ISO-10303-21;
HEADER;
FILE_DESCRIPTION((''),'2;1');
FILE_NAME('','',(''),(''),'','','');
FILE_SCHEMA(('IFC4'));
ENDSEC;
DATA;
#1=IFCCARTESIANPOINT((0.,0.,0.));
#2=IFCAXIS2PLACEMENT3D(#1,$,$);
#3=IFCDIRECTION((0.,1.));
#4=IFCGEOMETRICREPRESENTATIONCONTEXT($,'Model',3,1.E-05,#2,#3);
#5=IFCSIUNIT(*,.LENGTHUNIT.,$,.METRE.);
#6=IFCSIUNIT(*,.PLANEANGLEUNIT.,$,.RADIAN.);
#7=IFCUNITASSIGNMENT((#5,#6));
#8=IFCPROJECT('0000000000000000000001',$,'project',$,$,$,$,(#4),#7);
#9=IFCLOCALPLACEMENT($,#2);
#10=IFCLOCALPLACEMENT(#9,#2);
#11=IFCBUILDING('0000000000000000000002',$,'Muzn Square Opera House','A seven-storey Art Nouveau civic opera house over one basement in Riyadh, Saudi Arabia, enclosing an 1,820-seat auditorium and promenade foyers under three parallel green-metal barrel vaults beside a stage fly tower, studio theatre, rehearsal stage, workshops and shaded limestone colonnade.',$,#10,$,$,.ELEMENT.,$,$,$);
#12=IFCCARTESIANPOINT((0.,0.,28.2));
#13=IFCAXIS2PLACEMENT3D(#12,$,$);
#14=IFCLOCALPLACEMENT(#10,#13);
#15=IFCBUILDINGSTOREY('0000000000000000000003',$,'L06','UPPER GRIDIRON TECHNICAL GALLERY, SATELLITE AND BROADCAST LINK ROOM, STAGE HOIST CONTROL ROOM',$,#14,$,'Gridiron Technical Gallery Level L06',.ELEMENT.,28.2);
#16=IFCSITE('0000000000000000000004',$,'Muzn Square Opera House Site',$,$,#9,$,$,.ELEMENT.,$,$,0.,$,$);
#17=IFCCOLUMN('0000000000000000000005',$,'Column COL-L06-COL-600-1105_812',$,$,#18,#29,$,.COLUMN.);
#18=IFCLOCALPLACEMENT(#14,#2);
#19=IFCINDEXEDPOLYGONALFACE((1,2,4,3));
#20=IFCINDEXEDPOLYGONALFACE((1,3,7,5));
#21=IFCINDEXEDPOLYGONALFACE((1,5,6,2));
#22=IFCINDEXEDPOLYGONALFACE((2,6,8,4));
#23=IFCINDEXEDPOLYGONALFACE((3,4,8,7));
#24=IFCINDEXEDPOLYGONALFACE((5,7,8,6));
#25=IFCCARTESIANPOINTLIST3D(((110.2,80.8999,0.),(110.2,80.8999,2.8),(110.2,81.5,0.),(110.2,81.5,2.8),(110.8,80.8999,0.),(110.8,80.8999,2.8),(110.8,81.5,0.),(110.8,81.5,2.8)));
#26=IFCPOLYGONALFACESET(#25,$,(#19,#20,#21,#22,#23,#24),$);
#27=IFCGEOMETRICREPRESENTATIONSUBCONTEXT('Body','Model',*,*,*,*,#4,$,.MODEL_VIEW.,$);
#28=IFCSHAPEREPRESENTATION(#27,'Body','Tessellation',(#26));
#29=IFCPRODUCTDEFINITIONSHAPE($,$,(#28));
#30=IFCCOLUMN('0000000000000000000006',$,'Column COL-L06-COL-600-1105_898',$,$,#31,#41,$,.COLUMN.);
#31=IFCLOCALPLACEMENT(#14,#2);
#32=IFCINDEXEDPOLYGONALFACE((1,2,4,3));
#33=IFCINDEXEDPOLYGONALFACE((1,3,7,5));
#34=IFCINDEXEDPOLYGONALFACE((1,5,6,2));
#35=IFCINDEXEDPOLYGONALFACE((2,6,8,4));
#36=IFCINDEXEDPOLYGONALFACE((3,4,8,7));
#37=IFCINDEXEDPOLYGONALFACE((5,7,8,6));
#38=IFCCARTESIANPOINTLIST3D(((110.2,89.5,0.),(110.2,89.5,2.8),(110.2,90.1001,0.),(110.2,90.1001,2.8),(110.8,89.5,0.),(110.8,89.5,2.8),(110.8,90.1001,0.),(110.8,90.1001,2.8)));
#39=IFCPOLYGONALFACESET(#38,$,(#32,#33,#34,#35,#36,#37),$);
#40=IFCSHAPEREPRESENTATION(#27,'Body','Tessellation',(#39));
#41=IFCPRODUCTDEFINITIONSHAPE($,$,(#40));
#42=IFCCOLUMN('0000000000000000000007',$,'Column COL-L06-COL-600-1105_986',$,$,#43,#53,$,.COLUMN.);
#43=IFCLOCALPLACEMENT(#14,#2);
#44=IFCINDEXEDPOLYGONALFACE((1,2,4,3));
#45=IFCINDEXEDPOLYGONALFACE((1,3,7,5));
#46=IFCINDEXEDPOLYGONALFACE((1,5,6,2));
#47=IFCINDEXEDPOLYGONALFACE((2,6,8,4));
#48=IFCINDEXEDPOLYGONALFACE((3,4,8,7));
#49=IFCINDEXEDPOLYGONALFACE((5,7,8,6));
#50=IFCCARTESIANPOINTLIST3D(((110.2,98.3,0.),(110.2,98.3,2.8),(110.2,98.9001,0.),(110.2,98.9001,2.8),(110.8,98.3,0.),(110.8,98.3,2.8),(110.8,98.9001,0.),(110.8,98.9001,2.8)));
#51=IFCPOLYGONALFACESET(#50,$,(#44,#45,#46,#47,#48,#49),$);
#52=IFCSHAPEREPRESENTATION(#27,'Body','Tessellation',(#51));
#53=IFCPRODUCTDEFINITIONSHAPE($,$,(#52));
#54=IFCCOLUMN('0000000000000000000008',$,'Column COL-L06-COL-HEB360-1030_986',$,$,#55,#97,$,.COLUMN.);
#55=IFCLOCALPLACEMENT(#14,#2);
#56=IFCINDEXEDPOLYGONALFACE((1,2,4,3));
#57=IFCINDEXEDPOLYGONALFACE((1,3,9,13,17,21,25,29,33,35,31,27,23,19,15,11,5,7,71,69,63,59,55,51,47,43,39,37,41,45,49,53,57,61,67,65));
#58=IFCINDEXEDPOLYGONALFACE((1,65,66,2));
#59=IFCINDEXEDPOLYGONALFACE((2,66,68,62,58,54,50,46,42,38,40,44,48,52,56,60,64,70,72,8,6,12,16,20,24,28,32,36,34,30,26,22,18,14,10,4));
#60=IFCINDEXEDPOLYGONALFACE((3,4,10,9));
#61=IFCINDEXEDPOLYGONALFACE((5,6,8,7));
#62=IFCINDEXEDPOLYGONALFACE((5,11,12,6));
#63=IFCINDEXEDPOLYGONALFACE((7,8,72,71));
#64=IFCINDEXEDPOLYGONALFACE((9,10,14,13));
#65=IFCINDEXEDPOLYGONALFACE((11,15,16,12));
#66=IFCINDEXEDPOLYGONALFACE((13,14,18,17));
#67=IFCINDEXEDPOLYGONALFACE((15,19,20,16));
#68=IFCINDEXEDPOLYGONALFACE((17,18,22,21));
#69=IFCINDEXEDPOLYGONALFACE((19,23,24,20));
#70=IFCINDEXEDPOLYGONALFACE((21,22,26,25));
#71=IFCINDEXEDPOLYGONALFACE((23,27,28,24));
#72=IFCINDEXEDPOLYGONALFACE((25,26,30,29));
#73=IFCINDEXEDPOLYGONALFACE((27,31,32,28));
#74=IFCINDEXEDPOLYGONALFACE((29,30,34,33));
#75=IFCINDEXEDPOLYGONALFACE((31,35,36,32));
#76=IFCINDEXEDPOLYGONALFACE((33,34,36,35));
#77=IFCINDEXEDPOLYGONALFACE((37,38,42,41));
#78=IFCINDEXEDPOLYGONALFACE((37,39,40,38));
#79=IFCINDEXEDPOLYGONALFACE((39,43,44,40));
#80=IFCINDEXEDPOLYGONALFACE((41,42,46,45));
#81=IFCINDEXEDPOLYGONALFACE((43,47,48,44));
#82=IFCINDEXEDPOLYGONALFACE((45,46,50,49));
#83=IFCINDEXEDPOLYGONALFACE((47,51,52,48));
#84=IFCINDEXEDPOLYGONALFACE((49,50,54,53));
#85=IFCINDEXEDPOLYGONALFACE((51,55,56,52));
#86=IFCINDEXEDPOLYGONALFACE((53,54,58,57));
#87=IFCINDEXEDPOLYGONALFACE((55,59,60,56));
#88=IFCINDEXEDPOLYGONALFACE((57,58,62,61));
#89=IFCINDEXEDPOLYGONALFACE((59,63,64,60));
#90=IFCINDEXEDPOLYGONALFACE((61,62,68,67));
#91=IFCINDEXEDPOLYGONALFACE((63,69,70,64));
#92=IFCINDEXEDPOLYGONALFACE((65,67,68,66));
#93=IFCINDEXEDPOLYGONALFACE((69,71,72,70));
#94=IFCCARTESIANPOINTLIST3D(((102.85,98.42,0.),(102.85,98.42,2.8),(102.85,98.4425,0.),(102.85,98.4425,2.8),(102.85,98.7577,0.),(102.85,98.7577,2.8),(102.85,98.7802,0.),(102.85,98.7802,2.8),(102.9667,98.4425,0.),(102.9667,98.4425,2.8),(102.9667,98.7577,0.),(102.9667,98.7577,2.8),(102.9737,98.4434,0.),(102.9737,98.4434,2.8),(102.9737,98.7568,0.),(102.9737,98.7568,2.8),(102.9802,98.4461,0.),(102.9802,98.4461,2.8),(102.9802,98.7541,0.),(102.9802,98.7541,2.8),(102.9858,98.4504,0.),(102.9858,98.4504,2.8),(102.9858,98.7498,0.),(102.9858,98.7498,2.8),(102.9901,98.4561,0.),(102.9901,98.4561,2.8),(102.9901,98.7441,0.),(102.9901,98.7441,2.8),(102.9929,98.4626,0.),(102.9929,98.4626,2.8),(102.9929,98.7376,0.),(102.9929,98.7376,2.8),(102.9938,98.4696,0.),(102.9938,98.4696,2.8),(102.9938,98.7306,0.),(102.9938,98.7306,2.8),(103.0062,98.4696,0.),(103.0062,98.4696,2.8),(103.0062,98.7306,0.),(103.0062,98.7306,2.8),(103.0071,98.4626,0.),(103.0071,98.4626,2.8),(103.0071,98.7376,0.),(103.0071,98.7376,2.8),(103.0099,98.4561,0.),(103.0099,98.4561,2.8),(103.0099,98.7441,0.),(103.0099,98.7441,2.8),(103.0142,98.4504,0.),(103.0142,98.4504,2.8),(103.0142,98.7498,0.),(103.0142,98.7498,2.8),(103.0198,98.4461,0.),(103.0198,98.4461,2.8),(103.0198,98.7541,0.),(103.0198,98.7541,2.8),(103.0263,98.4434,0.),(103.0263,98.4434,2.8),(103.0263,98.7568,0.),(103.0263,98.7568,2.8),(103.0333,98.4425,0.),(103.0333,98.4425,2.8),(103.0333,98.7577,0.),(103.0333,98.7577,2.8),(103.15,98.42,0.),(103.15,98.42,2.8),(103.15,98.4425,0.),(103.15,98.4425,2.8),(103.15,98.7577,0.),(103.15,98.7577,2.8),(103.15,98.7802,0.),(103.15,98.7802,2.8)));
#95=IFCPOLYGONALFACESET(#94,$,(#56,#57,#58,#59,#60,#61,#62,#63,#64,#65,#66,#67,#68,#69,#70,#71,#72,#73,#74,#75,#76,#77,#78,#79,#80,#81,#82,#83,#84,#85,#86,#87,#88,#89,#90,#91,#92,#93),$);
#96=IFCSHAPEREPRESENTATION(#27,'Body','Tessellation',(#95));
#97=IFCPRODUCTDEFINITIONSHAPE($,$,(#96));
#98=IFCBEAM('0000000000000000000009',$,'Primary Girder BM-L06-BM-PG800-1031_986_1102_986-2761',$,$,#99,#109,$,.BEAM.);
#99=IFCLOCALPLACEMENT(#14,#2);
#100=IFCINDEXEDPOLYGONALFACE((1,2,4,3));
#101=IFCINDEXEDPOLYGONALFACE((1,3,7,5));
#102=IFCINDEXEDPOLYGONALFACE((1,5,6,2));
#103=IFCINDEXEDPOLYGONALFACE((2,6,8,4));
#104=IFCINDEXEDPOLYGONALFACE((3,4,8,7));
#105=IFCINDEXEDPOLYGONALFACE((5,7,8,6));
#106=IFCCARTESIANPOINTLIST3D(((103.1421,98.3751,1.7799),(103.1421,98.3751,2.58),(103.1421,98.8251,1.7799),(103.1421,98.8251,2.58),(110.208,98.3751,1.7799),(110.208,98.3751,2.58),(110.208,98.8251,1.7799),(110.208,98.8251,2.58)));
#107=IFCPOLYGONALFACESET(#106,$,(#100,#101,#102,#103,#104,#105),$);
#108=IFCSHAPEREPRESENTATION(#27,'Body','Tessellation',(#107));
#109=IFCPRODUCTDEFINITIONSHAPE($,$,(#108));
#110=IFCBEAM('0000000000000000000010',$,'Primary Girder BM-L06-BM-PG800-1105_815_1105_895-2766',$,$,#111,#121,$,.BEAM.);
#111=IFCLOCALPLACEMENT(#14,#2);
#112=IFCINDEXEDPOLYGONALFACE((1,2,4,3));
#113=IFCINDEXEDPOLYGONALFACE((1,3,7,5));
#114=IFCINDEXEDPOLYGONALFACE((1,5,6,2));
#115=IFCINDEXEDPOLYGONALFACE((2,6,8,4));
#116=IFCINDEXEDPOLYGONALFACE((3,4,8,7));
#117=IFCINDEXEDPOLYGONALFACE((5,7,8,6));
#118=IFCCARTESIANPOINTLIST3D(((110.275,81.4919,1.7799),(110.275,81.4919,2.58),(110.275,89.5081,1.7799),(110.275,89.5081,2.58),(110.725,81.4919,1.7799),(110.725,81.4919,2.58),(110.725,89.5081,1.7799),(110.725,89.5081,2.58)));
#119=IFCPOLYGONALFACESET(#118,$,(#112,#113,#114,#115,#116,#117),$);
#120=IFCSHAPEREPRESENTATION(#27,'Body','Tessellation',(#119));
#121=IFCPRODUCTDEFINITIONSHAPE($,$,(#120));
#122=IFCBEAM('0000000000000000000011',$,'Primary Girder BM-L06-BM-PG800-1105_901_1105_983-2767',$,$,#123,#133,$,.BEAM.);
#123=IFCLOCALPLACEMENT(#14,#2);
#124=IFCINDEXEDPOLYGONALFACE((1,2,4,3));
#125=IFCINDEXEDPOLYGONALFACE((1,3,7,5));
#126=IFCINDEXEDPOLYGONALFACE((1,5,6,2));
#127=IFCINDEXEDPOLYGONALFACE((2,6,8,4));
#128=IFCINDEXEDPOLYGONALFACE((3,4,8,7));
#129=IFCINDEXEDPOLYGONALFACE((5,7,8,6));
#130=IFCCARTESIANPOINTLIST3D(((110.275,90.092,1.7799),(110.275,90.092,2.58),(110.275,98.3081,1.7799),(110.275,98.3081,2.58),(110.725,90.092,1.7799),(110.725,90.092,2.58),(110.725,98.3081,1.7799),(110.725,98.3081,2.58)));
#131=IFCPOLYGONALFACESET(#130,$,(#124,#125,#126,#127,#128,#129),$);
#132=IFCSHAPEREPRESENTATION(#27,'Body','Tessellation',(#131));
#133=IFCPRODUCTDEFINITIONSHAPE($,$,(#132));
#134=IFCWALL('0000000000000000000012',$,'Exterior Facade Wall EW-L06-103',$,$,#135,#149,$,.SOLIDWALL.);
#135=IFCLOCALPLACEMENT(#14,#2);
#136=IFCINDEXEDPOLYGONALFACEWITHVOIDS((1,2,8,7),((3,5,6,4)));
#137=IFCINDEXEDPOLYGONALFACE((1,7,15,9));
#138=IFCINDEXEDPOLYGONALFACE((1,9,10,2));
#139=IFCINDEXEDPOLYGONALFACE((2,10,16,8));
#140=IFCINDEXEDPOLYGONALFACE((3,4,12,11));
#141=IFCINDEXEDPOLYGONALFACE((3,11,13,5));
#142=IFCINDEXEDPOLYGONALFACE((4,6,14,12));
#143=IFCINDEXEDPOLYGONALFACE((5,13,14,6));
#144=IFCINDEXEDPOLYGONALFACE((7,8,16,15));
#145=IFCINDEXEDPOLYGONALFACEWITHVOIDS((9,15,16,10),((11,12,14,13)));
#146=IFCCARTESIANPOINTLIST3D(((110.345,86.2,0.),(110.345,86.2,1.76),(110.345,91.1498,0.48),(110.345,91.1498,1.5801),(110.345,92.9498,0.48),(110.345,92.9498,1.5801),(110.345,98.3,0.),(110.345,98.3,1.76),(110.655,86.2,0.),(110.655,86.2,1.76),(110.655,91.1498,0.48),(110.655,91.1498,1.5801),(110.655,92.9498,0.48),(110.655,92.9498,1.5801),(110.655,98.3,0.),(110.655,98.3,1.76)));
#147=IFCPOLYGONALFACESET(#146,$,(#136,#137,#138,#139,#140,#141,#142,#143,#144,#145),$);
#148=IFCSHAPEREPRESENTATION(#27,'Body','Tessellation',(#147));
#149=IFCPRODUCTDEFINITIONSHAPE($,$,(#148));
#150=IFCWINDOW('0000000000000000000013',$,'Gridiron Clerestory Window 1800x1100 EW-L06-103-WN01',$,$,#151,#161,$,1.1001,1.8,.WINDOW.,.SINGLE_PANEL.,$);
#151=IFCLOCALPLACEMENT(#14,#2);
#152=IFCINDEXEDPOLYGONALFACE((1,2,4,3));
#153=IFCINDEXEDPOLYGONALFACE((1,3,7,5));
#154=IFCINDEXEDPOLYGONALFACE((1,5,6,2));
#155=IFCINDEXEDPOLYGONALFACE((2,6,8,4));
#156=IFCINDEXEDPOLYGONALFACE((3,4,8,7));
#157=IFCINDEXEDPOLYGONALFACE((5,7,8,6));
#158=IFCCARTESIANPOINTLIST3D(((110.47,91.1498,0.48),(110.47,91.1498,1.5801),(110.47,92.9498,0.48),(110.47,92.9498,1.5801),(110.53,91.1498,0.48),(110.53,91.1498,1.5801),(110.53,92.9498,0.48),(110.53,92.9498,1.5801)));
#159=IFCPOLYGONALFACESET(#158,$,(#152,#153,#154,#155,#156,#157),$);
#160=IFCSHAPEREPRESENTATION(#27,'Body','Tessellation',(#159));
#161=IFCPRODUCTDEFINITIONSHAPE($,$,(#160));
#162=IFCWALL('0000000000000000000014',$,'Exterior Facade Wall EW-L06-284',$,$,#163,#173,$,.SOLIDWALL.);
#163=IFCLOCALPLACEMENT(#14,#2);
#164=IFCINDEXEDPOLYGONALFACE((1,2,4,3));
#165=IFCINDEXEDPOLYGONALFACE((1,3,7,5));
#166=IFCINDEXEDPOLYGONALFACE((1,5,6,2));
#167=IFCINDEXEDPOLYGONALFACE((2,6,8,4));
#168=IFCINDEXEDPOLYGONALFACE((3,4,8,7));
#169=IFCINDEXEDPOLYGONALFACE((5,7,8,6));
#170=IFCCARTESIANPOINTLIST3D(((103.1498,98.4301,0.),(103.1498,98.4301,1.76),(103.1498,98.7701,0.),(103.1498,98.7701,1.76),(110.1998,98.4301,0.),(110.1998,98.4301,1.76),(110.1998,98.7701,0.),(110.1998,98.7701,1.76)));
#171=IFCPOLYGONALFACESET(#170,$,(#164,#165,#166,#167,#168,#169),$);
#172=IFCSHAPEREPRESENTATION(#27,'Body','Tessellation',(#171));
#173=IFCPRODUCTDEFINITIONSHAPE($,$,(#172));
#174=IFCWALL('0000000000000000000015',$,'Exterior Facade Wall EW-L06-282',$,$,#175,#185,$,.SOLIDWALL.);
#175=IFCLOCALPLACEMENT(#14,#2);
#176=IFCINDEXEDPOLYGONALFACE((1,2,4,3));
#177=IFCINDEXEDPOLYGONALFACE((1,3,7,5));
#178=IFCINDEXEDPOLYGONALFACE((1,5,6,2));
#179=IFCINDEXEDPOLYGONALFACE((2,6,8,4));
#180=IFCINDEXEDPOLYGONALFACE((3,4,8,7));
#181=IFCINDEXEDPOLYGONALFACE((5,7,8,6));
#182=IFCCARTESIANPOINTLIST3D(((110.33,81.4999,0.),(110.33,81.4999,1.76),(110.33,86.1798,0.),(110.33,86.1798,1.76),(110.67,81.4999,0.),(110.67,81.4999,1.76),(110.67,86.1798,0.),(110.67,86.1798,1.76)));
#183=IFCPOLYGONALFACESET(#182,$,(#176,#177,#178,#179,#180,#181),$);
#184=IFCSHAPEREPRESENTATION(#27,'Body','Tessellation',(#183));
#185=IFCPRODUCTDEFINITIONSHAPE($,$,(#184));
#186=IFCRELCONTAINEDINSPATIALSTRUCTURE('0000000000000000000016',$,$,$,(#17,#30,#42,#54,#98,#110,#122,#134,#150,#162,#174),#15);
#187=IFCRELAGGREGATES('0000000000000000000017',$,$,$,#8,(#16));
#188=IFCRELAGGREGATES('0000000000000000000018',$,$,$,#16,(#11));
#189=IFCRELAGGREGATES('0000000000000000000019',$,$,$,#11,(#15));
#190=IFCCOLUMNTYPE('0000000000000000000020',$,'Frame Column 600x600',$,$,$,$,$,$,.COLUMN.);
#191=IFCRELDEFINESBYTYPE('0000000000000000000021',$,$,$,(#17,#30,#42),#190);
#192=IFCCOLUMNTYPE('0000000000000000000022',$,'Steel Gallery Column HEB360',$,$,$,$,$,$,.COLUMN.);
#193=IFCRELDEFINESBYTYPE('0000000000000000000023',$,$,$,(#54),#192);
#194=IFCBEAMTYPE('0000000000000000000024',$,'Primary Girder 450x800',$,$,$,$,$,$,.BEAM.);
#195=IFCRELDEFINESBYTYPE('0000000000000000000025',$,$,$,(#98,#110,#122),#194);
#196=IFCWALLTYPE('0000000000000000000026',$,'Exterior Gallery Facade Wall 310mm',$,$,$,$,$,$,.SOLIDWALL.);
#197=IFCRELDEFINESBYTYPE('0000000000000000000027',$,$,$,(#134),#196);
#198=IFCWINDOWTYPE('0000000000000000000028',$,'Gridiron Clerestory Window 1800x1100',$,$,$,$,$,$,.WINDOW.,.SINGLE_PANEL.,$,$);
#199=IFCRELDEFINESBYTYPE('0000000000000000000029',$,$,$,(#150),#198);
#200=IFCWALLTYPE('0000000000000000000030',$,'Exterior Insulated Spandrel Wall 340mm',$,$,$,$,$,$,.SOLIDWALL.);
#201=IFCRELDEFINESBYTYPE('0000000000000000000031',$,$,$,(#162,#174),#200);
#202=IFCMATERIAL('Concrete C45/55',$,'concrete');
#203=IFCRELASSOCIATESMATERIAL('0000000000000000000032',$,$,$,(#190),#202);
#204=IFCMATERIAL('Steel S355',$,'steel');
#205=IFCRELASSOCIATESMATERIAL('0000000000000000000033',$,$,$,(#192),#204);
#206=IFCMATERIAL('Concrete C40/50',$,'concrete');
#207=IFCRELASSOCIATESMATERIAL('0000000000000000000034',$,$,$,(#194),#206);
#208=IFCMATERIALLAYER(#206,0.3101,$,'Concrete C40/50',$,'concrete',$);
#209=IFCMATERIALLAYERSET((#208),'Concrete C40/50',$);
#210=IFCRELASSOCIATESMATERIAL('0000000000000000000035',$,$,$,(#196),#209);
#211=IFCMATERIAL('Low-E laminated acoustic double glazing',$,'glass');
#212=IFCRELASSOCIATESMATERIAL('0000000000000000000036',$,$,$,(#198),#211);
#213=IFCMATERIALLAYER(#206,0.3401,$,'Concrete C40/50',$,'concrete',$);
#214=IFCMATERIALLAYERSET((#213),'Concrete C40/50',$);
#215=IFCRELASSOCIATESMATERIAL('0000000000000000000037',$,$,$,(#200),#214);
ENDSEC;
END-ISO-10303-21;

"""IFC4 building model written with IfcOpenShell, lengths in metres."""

from ifc_helpers import new_model, si_unit, direction, frame, frame_2d, origin, origin_2d, place, context, subcontext, project, spatial, rectangle, i_section, extrude, material, layer, layer_set, material_profile, profile_set, type_object, element, fill, save


model = new_model("IFC4")

# Units and contexts
model_context = context("Model", 3, precision=1e-05, world=origin(), true_north=direction((0.0, 1.0)))
body_context = subcontext(model_context, "Body", "Model", "MODEL_VIEW")
ifc_project = project(units=[si_unit("LENGTHUNIT", "METRE"), si_unit("PLANEANGLEUNIT", "RADIAN")], contexts=[model_context])

# Site, building, storey
site_placement = place(None, origin())
site = spatial("IfcSite", under=ifc_project, at=site_placement, Name="Muzn Square Opera House Site", CompositionType="ELEMENT", RefElevation=0.0)
building_placement = place(site_placement, origin())
building = spatial("IfcBuilding", under=site, at=building_placement, Name="Muzn Square Opera House", Description="A seven-storey Art Nouveau civic opera house over one basement in Riyadh, Saudi Arabia, enclosing an 1,820-seat auditorium and promenade foyers under three parallel green-metal barrel vaults beside a stage fly tower, studio theatre, rehearsal stage, workshops and shaded limestone colonnade.", CompositionType="ELEMENT")
storey_placement = place(building_placement, frame((0.0, 0.0, 28.2)))
storey = spatial("IfcBuildingStorey", under=building, at=storey_placement, Name="L06", Description="UPPER GRIDIRON TECHNICAL GALLERY, SATELLITE AND BROADCAST LINK ROOM, STAGE HOIST CONTROL ROOM", LongName="Gridiron Technical Gallery Level L06", CompositionType="ELEMENT", Elevation=28.2)

# Columns
ifc_material_1 = material(Name="Concrete C45/55", Category="concrete")
ifc_material_profile_1 = material_profile(ifc_material_1, rectangle(XDim=0.6001, YDim=0.6001, at=origin_2d()), Name="RC 600x600", Category="concrete")
ifc_profile_set_1 = profile_set([ifc_material_profile_1], Name="Concrete C45/55")
column_type_1 = type_object("IfcColumnType", Name="Frame Column 600x600", PredefinedType="COLUMN", material=ifc_profile_set_1)
for number, where, z_axis, x_axis, name in (
    (1, (110.5, 81.2, 0.0), (0.0, 0.0, 1.0), (1.0, 0.0, 0.0), "Column COL-L06-COL-600-1105_812"),
    (2, (110.5, 89.8, 0.0), (0.0, 0.0, 1.0), (1.0, 0.0, 0.0), "Column COL-L06-COL-600-1105_898"),
    (3, (110.5, 98.6001, 0.0), (0.0, 0.0, 1.0), (1.0, 0.0, 0.0), "Column COL-L06-COL-600-1105_986"),
):
    element("IfcColumn", number, at=place(storey_placement, frame(where, z_axis=z_axis, x_axis=x_axis)), inside=storey, type_object=column_type_1, Name=name, PredefinedType="COLUMN", context=body_context, shape_type="SweptSolid", body=[
        extrude(rectangle(XDim=0.6001, YDim=0.6001, at=origin_2d()), origin(), (0.0, 0.0, 1.0), 2.8),
    ])
ifc_material_2 = material(Name="Steel S355", Category="steel")
ifc_material_profile_2 = material_profile(ifc_material_2, i_section(OverallWidth=0.3, OverallDepth=0.3601, WebThickness=0.0125, FlangeThickness=0.0225, FilletRadius=0.0271, at=origin_2d()), Name="HEB 360", Category="steel")
ifc_profile_set_2 = profile_set([ifc_material_profile_2], Name="Steel S355")
column_type_2 = type_object("IfcColumnType", Name="Steel Gallery Column HEB360", PredefinedType="COLUMN", material=ifc_profile_set_2)
column_placement = place(storey_placement, frame((103.0, 98.6001, 0.0), z_axis=(0.0, 0.0, 1.0), x_axis=(1.0, 0.0, 0.0)))
element("IfcColumn", 4, at=column_placement, inside=storey, type_object=column_type_2, Name="Column COL-L06-COL-HEB360-1030_986", PredefinedType="COLUMN", context=body_context, shape_type="SweptSolid", body=[
    extrude(i_section(OverallWidth=0.3, OverallDepth=0.3601, WebThickness=0.0125, FlangeThickness=0.0225, FilletRadius=0.0271, at=origin_2d()), origin(), (0.0, 0.0, 1.0), 2.8),
])

# Beams
ifc_material_3 = material(Name="Concrete C40/50", Category="concrete")
ifc_material_profile_3 = material_profile(ifc_material_3, rectangle(XDim=0.45, YDim=0.8, at=origin_2d()), Name="RCB 450x800", Category="concrete")
ifc_profile_set_3 = profile_set([ifc_material_profile_3], Name="Concrete C40/50")
beam_type = type_object("IfcBeamType", Name="Primary Girder 450x800", PredefinedType="BEAM", material=ifc_profile_set_3)
beam_1_placement = place(storey_placement, frame((103.1421, 98.6001, 2.1799), z_axis=(1.0, 0.0, 0.0), x_axis=(0.0, 1.0, 0.0)))
element("IfcBeam", 5, at=beam_1_placement, inside=storey, type_object=beam_type, Name="Primary Girder BM-L06-BM-PG800-1031_986_1102_986-2761", PredefinedType="BEAM", context=body_context, shape_type="SweptSolid", body=[
    extrude(rectangle(XDim=0.45, YDim=0.8, at=origin_2d()), origin(), (0.0, 0.0, 1.0), 7.0659),
])
beam_2_placement = place(storey_placement, frame((110.5, 81.4919, 2.1799), z_axis=(0.0, 1.0, 0.0), x_axis=(-1.0, 0.0, 0.0)))
element("IfcBeam", 6, at=beam_2_placement, inside=storey, type_object=beam_type, Name="Primary Girder BM-L06-BM-PG800-1105_815_1105_895-2766", PredefinedType="BEAM", context=body_context, shape_type="SweptSolid", body=[
    extrude(rectangle(XDim=0.45, YDim=0.8, at=origin_2d()), origin(), (0.0, 0.0, 1.0), 8.0161),
])
beam_3_placement = place(storey_placement, frame((110.5, 90.092, 2.1799), z_axis=(0.0, 1.0, 0.0), x_axis=(-1.0, 0.0, 0.0)))
element("IfcBeam", 7, at=beam_3_placement, inside=storey, type_object=beam_type, Name="Primary Girder BM-L06-BM-PG800-1105_901_1105_983-2767", PredefinedType="BEAM", context=body_context, shape_type="SweptSolid", body=[
    extrude(rectangle(XDim=0.45, YDim=0.8, at=origin_2d()), origin(), (0.0, 0.0, 1.0), 8.2161),
])

# Wall, opening, window
ifc_layer_1 = layer(ifc_material_3, 0.3101, Name="Concrete C40/50", Category="concrete")
ifc_layer_set_1 = layer_set([ifc_layer_1], Name="Concrete C40/50")
wall_type_1 = type_object("IfcWallType", Name="Exterior Gallery Facade Wall 310mm", PredefinedType="SOLIDWALL", material=ifc_layer_set_1)
wall_1_placement = place(storey_placement, frame((110.5, 86.2, 0.0), z_axis=(0.0, 0.0, 1.0), x_axis=(0.0, 1.0, 0.0)))
wall_1 = element("IfcWall", 8, at=wall_1_placement, inside=storey, type_object=wall_type_1, Name="Exterior Facade Wall EW-L06-103", PredefinedType="SOLIDWALL", context=body_context, shape_type="SweptSolid", body=[
    extrude(rectangle(XDim=12.1001, YDim=0.3101, at=frame_2d((6.05, 0.0))), origin(), (0.0, 0.0, 1.0), 1.76),
])
opening_1_placement = place(wall_1_placement, frame((4.95, 0.0, 0.48)))
opening_1 = element("IfcOpeningElement", 9, at=opening_1_placement, cuts=wall_1, PredefinedType="OPENING", context=body_context, shape_type="SweptSolid", body=[
    extrude(rectangle(XDim=1.8, YDim=1.1001, at=frame_2d((0.8999, 0.55))), frame((0.0, 0.165, 0.0), z_axis=(0.0, -1.0, 0.0), x_axis=(1.0, 0.0, 0.0)), (0.0, 0.0, 1.0), 0.3301),
])
ifc_material_4 = material(Name="Low-E laminated acoustic double glazing", Category="glass")
window_type = type_object("IfcWindowType", Name="Gridiron Clerestory Window 1800x1100", PartitioningType="SINGLE_PANEL", PredefinedType="WINDOW", material=ifc_material_4)
window_placement = place(opening_1_placement, origin())
window = element("IfcWindow", 10, at=window_placement, inside=storey, type_object=window_type, Name="Gridiron Clerestory Window 1800x1100 EW-L06-103-WN01", OverallHeight=1.1001, OverallWidth=1.8, PartitioningType="SINGLE_PANEL", PredefinedType="WINDOW", context=body_context, shape_type="SweptSolid", body=[
    extrude(rectangle(XDim=1.8, YDim=1.1001, at=frame_2d((0.8999, 0.55))), frame((0.0, 0.03, 0.0), z_axis=(0.0, -1.0, 0.0), x_axis=(1.0, 0.0, 0.0)), (0.0, 0.0, 1.0), 0.0601),
])
fill(opening_1, window)

# Walls
ifc_layer_2 = layer(ifc_material_3, 0.3401, Name="Concrete C40/50", Category="concrete")
ifc_layer_set_2 = layer_set([ifc_layer_2], Name="Concrete C40/50")
wall_type_2 = type_object("IfcWallType", Name="Exterior Insulated Spandrel Wall 340mm", PredefinedType="SOLIDWALL", material=ifc_layer_set_2)
wall_2_placement = place(storey_placement, frame((103.1499, 98.6001, 0.0), z_axis=(0.0, 0.0, 1.0), x_axis=(1.0, 0.0, 0.0)))
element("IfcWall", 11, at=wall_2_placement, inside=storey, type_object=wall_type_2, Name="Exterior Facade Wall EW-L06-284", PredefinedType="SOLIDWALL", context=body_context, shape_type="SweptSolid", body=[
    extrude(rectangle(XDim=7.05, YDim=0.3401, at=frame_2d((3.5249, 0.0))), origin(), (0.0, 0.0, 1.0), 1.76),
])
wall_3_placement = place(storey_placement, frame((110.5, 81.5, 0.0), z_axis=(0.0, 0.0, 1.0), x_axis=(0.0, 1.0, 0.0)))
element("IfcWall", 12, at=wall_3_placement, inside=storey, type_object=wall_type_2, Name="Exterior Facade Wall EW-L06-282", PredefinedType="SOLIDWALL", context=body_context, shape_type="SweptSolid", body=[
    extrude(rectangle(XDim=4.6799, YDim=0.3401, at=frame_2d((2.3398, 0.0))), origin(), (0.0, 0.0, 1.0), 1.76),
])

save(model, "model.ifc")
